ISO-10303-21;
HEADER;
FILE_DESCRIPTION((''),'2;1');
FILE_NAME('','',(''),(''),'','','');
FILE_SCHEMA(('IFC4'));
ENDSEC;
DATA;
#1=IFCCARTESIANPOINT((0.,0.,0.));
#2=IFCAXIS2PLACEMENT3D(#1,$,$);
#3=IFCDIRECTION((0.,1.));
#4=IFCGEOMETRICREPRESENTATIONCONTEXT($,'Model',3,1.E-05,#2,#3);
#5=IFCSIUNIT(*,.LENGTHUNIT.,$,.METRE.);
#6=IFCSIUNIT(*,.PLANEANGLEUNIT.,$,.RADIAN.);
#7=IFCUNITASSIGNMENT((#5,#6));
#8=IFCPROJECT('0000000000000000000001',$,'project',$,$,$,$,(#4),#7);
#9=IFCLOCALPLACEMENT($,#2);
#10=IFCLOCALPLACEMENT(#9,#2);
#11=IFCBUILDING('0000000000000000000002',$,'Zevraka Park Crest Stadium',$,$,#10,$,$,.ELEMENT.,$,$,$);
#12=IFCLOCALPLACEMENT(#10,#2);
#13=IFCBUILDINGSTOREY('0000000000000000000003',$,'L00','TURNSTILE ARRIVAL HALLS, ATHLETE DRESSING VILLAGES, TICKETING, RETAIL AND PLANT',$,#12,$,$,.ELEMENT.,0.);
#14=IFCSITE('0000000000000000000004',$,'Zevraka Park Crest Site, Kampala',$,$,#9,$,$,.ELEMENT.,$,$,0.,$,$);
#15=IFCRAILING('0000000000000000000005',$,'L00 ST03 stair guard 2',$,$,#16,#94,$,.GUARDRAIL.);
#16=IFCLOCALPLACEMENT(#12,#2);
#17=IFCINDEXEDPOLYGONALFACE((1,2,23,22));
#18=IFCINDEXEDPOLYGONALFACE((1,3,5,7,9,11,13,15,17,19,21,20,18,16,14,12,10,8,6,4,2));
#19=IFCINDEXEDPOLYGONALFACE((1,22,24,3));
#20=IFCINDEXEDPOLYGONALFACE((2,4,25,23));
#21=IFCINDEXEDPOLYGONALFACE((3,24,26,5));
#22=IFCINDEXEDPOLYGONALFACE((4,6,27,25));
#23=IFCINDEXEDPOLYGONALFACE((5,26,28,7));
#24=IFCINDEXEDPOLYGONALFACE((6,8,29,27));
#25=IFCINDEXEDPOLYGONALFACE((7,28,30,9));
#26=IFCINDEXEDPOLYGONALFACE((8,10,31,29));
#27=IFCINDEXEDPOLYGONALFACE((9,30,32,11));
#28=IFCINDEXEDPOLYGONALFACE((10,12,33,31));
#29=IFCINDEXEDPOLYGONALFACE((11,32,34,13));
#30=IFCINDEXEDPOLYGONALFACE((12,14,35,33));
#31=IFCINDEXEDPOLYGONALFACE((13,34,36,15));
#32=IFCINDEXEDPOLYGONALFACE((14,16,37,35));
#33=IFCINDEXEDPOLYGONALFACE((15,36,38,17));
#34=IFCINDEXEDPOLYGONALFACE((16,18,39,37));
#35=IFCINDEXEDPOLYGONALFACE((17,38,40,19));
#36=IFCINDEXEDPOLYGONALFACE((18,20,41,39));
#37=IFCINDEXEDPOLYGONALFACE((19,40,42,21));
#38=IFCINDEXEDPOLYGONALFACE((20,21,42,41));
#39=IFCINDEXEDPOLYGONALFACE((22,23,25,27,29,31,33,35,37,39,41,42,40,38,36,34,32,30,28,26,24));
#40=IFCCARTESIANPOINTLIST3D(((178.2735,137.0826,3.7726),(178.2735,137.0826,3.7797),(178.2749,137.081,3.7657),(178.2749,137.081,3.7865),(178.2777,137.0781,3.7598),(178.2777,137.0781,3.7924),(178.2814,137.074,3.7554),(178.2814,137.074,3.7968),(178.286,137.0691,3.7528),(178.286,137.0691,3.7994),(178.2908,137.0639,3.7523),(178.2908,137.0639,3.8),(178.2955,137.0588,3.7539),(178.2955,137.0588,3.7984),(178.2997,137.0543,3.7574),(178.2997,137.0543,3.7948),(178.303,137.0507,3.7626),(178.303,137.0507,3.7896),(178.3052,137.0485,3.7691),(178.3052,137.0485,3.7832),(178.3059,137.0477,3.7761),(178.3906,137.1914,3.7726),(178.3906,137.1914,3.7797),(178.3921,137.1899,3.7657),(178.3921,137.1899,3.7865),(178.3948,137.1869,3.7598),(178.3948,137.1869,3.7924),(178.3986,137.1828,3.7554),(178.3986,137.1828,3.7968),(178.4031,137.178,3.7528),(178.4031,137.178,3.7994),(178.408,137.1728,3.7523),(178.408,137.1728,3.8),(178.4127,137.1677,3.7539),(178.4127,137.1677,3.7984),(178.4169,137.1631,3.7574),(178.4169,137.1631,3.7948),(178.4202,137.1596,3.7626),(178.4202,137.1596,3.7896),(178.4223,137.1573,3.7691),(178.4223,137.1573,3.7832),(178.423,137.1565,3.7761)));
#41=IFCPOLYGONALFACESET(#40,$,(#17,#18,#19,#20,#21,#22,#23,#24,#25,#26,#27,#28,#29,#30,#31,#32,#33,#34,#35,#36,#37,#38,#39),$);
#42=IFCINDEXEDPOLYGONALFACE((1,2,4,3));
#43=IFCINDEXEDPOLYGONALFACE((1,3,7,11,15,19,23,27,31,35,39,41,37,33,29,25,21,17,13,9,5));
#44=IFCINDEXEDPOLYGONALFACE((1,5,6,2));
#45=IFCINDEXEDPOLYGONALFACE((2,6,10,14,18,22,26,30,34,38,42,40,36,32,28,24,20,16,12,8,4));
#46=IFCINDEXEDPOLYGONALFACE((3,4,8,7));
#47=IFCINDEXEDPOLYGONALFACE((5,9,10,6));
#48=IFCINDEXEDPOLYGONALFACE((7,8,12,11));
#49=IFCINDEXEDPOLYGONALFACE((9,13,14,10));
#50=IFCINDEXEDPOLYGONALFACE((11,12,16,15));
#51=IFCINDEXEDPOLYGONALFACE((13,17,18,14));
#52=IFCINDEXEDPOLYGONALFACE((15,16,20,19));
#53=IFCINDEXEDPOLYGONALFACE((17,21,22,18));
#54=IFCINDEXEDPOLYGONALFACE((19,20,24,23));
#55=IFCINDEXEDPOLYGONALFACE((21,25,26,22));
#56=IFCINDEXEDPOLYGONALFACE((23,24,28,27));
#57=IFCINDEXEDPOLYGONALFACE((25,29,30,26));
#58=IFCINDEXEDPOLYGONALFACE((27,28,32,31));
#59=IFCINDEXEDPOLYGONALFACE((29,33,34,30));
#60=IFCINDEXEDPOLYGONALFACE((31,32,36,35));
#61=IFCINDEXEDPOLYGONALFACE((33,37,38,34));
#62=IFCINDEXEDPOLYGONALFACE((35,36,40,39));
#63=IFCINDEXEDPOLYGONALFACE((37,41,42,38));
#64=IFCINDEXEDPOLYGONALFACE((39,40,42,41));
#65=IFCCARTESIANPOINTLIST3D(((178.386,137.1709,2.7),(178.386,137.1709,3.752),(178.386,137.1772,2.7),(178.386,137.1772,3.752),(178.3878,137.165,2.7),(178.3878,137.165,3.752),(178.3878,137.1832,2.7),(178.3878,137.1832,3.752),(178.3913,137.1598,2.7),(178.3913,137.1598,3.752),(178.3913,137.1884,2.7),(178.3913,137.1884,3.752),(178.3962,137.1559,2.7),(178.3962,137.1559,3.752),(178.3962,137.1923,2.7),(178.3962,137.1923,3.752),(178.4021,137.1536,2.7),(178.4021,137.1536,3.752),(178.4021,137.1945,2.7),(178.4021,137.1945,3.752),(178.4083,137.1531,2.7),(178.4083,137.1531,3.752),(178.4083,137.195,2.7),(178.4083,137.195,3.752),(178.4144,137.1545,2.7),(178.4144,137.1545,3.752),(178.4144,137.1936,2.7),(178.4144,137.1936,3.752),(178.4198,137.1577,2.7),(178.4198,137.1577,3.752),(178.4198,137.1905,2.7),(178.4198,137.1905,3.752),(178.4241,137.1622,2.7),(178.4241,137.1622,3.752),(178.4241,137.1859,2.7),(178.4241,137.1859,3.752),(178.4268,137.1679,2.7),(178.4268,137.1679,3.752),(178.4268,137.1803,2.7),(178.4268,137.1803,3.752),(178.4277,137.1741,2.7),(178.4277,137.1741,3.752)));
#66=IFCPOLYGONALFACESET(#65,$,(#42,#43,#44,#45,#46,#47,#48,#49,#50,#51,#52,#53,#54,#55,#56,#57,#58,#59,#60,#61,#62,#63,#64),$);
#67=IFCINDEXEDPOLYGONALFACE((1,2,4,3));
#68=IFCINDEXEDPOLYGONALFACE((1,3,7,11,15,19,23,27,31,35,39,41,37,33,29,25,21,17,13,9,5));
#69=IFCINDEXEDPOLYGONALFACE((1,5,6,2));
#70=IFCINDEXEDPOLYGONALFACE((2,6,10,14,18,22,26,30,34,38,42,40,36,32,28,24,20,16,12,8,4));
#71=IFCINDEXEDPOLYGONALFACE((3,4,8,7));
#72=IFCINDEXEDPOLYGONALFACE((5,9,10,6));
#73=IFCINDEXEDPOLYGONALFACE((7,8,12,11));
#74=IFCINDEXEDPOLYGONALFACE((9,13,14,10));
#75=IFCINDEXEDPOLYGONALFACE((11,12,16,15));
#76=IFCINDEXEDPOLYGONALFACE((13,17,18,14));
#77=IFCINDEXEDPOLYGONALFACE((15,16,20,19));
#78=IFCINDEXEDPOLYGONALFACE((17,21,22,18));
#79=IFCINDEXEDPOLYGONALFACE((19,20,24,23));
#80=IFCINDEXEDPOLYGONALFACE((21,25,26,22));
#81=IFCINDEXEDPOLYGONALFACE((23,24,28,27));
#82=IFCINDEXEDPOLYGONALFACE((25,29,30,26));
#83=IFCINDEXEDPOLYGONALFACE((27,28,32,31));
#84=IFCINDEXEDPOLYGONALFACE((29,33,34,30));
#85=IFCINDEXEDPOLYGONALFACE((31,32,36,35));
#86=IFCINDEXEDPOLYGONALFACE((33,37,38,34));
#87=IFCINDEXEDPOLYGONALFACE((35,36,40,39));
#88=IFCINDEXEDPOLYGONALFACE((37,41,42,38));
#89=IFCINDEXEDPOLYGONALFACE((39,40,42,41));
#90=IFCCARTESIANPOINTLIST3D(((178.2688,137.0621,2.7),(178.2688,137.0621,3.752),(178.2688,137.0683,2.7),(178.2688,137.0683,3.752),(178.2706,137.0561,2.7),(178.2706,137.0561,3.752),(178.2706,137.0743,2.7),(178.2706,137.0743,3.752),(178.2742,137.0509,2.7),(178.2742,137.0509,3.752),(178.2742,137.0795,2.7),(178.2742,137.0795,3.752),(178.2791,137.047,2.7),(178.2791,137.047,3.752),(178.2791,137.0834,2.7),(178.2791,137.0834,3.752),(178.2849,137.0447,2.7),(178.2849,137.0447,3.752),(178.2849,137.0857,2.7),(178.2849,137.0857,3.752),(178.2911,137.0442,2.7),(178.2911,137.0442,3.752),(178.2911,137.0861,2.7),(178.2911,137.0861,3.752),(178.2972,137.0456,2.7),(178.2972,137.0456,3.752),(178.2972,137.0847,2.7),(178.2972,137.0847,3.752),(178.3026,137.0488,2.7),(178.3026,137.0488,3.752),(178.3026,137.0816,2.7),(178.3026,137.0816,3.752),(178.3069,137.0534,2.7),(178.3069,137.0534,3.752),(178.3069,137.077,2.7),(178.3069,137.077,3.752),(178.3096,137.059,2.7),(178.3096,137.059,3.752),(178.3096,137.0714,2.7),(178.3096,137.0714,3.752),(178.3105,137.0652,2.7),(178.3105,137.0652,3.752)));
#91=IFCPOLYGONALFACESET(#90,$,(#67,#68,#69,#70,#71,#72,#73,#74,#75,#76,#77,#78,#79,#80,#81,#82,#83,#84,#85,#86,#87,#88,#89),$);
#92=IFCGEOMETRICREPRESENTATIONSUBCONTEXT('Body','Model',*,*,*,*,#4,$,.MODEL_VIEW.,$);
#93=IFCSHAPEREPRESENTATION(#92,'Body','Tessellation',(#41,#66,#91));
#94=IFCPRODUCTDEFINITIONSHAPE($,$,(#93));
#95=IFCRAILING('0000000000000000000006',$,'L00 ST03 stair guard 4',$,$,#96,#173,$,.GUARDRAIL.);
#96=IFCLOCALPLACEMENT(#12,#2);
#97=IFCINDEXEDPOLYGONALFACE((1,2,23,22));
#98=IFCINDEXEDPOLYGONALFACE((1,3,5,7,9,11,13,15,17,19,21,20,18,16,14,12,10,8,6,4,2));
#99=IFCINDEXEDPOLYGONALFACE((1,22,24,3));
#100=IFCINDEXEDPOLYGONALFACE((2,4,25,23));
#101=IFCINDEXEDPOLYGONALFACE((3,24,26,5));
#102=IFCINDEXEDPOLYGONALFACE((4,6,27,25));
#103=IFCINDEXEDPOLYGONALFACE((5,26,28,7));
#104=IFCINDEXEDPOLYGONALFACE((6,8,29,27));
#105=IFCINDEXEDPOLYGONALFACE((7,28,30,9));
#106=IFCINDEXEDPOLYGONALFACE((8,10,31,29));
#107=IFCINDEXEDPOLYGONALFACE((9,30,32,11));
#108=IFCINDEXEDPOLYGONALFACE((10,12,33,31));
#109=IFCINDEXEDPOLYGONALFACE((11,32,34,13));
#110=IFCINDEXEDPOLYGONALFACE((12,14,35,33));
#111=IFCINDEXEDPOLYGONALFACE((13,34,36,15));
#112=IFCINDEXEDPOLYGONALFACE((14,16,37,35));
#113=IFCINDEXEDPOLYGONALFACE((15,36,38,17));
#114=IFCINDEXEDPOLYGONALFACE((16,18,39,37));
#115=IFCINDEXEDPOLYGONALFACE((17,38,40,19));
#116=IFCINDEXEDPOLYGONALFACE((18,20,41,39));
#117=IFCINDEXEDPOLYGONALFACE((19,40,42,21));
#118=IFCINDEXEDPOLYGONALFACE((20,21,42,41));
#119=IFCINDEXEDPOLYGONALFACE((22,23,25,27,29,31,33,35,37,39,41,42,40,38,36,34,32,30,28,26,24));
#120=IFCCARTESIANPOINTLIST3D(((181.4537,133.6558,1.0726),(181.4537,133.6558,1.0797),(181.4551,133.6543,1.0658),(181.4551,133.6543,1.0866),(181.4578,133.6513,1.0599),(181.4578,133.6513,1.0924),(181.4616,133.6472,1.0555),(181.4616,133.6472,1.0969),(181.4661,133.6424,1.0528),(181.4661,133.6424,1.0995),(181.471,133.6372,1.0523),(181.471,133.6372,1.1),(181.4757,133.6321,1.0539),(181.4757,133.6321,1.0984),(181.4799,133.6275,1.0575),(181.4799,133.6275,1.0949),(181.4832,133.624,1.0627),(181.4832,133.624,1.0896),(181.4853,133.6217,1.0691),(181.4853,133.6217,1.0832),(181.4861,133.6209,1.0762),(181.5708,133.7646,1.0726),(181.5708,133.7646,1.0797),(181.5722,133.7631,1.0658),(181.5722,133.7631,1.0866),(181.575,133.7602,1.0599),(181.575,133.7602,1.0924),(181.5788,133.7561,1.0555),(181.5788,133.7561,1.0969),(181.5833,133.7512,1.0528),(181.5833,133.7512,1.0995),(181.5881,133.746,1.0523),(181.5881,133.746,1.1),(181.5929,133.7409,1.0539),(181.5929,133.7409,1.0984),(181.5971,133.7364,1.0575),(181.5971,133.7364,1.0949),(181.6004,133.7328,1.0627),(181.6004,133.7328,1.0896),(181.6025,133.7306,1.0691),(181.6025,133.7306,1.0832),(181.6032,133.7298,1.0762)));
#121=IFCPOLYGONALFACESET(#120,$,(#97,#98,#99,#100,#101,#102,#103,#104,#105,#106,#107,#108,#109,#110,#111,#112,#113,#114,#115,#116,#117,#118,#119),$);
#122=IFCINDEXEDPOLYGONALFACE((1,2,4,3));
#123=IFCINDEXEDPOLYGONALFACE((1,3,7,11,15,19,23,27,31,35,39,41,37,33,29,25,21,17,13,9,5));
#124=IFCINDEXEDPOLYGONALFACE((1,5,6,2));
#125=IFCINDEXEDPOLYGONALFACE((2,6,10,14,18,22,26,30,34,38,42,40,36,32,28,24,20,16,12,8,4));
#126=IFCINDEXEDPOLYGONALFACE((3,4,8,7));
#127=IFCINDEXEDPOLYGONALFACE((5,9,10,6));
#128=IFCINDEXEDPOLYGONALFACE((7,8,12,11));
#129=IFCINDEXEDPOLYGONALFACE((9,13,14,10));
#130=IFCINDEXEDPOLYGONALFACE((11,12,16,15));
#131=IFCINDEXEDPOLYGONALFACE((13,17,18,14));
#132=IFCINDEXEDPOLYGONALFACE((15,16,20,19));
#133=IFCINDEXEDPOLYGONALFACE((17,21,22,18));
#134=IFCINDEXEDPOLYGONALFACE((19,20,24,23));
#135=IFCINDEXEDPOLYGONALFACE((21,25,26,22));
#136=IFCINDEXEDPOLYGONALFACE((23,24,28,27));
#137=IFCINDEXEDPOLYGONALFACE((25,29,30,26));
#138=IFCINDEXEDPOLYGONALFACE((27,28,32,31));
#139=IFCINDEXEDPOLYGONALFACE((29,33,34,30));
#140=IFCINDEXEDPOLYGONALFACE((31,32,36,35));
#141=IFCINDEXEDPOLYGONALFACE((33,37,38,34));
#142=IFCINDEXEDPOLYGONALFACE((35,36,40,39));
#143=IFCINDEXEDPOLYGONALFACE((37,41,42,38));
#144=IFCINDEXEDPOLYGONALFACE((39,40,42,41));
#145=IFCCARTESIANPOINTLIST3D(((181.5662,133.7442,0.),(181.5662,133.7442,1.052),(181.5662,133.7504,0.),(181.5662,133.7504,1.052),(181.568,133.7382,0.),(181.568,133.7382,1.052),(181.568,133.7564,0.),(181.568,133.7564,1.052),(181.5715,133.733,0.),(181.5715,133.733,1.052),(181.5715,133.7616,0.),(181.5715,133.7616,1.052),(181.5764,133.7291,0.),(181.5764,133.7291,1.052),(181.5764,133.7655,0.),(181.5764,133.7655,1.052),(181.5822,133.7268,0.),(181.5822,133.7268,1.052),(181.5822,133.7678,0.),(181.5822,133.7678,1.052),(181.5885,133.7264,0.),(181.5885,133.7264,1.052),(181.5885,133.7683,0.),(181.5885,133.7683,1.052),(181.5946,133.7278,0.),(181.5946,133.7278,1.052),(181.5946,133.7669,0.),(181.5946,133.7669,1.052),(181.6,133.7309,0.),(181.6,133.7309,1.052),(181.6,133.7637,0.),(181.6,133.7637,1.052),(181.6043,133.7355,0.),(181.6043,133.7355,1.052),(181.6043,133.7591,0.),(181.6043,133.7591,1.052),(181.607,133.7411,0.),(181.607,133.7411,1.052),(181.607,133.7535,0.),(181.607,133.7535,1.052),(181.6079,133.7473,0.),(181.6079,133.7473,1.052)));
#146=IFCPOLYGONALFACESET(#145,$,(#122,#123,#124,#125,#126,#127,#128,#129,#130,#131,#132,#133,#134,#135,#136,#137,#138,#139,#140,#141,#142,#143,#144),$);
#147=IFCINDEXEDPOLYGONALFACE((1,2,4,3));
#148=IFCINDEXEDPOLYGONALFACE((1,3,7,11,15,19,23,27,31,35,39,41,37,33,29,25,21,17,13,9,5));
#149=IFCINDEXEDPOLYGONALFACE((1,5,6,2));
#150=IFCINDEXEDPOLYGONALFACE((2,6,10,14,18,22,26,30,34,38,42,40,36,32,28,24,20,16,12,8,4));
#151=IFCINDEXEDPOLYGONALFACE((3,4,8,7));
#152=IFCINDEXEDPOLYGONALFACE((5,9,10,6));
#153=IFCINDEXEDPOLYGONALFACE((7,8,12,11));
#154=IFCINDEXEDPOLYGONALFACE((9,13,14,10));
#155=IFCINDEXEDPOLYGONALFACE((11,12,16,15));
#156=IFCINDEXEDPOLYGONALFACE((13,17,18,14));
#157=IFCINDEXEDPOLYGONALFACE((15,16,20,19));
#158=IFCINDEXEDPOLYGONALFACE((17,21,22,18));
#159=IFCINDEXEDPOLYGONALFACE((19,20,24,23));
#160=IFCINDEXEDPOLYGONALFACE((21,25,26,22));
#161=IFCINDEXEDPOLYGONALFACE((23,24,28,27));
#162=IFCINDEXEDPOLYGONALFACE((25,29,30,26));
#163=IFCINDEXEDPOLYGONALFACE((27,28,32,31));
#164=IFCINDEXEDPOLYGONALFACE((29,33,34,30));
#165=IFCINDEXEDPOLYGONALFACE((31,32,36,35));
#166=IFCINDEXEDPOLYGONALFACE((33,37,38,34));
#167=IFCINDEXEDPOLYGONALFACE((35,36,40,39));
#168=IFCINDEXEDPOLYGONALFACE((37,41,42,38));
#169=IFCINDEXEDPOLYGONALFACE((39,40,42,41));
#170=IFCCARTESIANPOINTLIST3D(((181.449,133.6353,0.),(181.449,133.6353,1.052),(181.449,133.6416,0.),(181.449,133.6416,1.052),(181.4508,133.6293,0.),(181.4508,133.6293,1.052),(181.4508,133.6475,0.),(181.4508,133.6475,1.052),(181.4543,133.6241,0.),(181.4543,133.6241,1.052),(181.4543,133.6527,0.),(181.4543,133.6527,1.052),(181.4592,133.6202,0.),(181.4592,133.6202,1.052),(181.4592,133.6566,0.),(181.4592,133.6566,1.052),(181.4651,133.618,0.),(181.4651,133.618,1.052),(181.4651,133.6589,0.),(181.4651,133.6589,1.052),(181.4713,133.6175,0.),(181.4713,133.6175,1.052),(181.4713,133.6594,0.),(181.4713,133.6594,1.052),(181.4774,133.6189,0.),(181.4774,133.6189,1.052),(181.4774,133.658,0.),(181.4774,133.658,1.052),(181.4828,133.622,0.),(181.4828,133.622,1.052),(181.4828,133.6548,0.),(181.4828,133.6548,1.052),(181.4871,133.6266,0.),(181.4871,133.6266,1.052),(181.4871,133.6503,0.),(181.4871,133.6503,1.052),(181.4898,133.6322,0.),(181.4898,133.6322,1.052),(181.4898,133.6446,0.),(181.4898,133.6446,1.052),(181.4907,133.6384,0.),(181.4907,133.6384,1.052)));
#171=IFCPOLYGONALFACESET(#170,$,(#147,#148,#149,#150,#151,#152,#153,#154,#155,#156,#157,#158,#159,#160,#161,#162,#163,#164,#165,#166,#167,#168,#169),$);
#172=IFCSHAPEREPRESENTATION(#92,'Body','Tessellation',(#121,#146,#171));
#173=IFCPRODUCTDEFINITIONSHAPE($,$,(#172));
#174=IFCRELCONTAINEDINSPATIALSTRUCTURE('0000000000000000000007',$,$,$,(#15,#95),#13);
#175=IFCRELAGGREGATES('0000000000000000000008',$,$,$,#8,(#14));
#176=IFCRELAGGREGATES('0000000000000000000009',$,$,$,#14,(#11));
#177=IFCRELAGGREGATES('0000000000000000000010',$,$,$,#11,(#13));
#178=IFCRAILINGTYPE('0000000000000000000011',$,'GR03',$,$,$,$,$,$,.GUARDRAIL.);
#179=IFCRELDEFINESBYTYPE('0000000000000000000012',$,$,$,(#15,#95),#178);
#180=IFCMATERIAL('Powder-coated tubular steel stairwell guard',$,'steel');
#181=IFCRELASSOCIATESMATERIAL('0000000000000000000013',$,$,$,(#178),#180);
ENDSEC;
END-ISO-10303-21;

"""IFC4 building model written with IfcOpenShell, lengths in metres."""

from ifc_helpers import new_model, si_unit, direction, frame, origin, origin_2d, place, context, subcontext, project, spatial, circle, extrude, material, type_object, element, save


model = new_model("IFC4")

# Units and contexts
model_context = context("Model", 3, precision=1e-05, world=origin(), true_north=direction((0.0, 1.0)))
body_context = subcontext(model_context, "Body", "Model", "MODEL_VIEW")
ifc_project = project(units=[si_unit("LENGTHUNIT", "METRE"), si_unit("PLANEANGLEUNIT", "RADIAN")], contexts=[model_context])

# Site, building, storey
site_placement = place(None, origin())
site = spatial("IfcSite", under=ifc_project, at=site_placement, Name="Zevraka Park Crest Site, Kampala", CompositionType="ELEMENT", RefElevation=0.0)
building_placement = place(site_placement, origin())
building = spatial("IfcBuilding", under=site, at=building_placement, Name="Zevraka Park Crest Stadium", CompositionType="ELEMENT")
storey_placement = place(building_placement, origin())
storey = spatial("IfcBuildingStorey", under=building, at=storey_placement, Name="L00", Description="TURNSTILE ARRIVAL HALLS, ATHLETE DRESSING VILLAGES, TICKETING, RETAIL AND PLANT", CompositionType="ELEMENT", Elevation=0.0)

# Railings
ifc_material_1 = material(Name="Powder-coated tubular steel stairwell guard", Category="steel")
railing_type_1 = type_object("IfcRailingType", Name="GR03", PredefinedType="GUARDRAIL", material=ifc_material_1)
railing_1_placement = place(storey_placement, frame((178.4067, 137.1741, 2.7)))
element("IfcRailing", 1, at=railing_1_placement, inside=storey, type_object=railing_type_1, Name="L00 ST03 stair guard 2", PredefinedType="GUARDRAIL", context=body_context, shape_type="SweptSolid", body=[
    extrude(circle(Radius=0.0239, at=origin_2d()), frame((0.0, 0.0, 1.0762), z_axis=(-0.732576, -0.680685, 0.0), x_axis=(0.680685, -0.732576, 0.0)), (0.0, 0.0, 1.0), 0.1599),
    extrude(circle(Radius=0.021, at=origin_2d()), origin(), (0.0, 0.0, 1.0), 1.052),
    extrude(circle(Radius=0.021, at=origin_2d()), frame((-0.1172, -0.1089, 0.0)), (0.0, 0.0, 1.0), 1.052),
])
railing_2_placement = place(storey_placement, frame((181.5869, 133.7473, 0.0)))
element("IfcRailing", 2, at=railing_2_placement, inside=storey, type_object=railing_type_1, Name="L00 ST03 stair guard 4", PredefinedType="GUARDRAIL", context=body_context, shape_type="SweptSolid", body=[
    extrude(circle(Radius=0.0239, at=origin_2d()), frame((0.0, 0.0, 1.0762), z_axis=(-0.732576, -0.680685, 0.0), x_axis=(0.680685, -0.732576, 0.0)), (0.0, 0.0, 1.0), 0.1599),
    extrude(circle(Radius=0.021, at=origin_2d()), origin(), (0.0, 0.0, 1.0), 1.052),
    extrude(circle(Radius=0.021, at=origin_2d()), frame((-0.1172, -0.1089, 0.0)), (0.0, 0.0, 1.0), 1.052),
])

save(model, "model.ifc")
